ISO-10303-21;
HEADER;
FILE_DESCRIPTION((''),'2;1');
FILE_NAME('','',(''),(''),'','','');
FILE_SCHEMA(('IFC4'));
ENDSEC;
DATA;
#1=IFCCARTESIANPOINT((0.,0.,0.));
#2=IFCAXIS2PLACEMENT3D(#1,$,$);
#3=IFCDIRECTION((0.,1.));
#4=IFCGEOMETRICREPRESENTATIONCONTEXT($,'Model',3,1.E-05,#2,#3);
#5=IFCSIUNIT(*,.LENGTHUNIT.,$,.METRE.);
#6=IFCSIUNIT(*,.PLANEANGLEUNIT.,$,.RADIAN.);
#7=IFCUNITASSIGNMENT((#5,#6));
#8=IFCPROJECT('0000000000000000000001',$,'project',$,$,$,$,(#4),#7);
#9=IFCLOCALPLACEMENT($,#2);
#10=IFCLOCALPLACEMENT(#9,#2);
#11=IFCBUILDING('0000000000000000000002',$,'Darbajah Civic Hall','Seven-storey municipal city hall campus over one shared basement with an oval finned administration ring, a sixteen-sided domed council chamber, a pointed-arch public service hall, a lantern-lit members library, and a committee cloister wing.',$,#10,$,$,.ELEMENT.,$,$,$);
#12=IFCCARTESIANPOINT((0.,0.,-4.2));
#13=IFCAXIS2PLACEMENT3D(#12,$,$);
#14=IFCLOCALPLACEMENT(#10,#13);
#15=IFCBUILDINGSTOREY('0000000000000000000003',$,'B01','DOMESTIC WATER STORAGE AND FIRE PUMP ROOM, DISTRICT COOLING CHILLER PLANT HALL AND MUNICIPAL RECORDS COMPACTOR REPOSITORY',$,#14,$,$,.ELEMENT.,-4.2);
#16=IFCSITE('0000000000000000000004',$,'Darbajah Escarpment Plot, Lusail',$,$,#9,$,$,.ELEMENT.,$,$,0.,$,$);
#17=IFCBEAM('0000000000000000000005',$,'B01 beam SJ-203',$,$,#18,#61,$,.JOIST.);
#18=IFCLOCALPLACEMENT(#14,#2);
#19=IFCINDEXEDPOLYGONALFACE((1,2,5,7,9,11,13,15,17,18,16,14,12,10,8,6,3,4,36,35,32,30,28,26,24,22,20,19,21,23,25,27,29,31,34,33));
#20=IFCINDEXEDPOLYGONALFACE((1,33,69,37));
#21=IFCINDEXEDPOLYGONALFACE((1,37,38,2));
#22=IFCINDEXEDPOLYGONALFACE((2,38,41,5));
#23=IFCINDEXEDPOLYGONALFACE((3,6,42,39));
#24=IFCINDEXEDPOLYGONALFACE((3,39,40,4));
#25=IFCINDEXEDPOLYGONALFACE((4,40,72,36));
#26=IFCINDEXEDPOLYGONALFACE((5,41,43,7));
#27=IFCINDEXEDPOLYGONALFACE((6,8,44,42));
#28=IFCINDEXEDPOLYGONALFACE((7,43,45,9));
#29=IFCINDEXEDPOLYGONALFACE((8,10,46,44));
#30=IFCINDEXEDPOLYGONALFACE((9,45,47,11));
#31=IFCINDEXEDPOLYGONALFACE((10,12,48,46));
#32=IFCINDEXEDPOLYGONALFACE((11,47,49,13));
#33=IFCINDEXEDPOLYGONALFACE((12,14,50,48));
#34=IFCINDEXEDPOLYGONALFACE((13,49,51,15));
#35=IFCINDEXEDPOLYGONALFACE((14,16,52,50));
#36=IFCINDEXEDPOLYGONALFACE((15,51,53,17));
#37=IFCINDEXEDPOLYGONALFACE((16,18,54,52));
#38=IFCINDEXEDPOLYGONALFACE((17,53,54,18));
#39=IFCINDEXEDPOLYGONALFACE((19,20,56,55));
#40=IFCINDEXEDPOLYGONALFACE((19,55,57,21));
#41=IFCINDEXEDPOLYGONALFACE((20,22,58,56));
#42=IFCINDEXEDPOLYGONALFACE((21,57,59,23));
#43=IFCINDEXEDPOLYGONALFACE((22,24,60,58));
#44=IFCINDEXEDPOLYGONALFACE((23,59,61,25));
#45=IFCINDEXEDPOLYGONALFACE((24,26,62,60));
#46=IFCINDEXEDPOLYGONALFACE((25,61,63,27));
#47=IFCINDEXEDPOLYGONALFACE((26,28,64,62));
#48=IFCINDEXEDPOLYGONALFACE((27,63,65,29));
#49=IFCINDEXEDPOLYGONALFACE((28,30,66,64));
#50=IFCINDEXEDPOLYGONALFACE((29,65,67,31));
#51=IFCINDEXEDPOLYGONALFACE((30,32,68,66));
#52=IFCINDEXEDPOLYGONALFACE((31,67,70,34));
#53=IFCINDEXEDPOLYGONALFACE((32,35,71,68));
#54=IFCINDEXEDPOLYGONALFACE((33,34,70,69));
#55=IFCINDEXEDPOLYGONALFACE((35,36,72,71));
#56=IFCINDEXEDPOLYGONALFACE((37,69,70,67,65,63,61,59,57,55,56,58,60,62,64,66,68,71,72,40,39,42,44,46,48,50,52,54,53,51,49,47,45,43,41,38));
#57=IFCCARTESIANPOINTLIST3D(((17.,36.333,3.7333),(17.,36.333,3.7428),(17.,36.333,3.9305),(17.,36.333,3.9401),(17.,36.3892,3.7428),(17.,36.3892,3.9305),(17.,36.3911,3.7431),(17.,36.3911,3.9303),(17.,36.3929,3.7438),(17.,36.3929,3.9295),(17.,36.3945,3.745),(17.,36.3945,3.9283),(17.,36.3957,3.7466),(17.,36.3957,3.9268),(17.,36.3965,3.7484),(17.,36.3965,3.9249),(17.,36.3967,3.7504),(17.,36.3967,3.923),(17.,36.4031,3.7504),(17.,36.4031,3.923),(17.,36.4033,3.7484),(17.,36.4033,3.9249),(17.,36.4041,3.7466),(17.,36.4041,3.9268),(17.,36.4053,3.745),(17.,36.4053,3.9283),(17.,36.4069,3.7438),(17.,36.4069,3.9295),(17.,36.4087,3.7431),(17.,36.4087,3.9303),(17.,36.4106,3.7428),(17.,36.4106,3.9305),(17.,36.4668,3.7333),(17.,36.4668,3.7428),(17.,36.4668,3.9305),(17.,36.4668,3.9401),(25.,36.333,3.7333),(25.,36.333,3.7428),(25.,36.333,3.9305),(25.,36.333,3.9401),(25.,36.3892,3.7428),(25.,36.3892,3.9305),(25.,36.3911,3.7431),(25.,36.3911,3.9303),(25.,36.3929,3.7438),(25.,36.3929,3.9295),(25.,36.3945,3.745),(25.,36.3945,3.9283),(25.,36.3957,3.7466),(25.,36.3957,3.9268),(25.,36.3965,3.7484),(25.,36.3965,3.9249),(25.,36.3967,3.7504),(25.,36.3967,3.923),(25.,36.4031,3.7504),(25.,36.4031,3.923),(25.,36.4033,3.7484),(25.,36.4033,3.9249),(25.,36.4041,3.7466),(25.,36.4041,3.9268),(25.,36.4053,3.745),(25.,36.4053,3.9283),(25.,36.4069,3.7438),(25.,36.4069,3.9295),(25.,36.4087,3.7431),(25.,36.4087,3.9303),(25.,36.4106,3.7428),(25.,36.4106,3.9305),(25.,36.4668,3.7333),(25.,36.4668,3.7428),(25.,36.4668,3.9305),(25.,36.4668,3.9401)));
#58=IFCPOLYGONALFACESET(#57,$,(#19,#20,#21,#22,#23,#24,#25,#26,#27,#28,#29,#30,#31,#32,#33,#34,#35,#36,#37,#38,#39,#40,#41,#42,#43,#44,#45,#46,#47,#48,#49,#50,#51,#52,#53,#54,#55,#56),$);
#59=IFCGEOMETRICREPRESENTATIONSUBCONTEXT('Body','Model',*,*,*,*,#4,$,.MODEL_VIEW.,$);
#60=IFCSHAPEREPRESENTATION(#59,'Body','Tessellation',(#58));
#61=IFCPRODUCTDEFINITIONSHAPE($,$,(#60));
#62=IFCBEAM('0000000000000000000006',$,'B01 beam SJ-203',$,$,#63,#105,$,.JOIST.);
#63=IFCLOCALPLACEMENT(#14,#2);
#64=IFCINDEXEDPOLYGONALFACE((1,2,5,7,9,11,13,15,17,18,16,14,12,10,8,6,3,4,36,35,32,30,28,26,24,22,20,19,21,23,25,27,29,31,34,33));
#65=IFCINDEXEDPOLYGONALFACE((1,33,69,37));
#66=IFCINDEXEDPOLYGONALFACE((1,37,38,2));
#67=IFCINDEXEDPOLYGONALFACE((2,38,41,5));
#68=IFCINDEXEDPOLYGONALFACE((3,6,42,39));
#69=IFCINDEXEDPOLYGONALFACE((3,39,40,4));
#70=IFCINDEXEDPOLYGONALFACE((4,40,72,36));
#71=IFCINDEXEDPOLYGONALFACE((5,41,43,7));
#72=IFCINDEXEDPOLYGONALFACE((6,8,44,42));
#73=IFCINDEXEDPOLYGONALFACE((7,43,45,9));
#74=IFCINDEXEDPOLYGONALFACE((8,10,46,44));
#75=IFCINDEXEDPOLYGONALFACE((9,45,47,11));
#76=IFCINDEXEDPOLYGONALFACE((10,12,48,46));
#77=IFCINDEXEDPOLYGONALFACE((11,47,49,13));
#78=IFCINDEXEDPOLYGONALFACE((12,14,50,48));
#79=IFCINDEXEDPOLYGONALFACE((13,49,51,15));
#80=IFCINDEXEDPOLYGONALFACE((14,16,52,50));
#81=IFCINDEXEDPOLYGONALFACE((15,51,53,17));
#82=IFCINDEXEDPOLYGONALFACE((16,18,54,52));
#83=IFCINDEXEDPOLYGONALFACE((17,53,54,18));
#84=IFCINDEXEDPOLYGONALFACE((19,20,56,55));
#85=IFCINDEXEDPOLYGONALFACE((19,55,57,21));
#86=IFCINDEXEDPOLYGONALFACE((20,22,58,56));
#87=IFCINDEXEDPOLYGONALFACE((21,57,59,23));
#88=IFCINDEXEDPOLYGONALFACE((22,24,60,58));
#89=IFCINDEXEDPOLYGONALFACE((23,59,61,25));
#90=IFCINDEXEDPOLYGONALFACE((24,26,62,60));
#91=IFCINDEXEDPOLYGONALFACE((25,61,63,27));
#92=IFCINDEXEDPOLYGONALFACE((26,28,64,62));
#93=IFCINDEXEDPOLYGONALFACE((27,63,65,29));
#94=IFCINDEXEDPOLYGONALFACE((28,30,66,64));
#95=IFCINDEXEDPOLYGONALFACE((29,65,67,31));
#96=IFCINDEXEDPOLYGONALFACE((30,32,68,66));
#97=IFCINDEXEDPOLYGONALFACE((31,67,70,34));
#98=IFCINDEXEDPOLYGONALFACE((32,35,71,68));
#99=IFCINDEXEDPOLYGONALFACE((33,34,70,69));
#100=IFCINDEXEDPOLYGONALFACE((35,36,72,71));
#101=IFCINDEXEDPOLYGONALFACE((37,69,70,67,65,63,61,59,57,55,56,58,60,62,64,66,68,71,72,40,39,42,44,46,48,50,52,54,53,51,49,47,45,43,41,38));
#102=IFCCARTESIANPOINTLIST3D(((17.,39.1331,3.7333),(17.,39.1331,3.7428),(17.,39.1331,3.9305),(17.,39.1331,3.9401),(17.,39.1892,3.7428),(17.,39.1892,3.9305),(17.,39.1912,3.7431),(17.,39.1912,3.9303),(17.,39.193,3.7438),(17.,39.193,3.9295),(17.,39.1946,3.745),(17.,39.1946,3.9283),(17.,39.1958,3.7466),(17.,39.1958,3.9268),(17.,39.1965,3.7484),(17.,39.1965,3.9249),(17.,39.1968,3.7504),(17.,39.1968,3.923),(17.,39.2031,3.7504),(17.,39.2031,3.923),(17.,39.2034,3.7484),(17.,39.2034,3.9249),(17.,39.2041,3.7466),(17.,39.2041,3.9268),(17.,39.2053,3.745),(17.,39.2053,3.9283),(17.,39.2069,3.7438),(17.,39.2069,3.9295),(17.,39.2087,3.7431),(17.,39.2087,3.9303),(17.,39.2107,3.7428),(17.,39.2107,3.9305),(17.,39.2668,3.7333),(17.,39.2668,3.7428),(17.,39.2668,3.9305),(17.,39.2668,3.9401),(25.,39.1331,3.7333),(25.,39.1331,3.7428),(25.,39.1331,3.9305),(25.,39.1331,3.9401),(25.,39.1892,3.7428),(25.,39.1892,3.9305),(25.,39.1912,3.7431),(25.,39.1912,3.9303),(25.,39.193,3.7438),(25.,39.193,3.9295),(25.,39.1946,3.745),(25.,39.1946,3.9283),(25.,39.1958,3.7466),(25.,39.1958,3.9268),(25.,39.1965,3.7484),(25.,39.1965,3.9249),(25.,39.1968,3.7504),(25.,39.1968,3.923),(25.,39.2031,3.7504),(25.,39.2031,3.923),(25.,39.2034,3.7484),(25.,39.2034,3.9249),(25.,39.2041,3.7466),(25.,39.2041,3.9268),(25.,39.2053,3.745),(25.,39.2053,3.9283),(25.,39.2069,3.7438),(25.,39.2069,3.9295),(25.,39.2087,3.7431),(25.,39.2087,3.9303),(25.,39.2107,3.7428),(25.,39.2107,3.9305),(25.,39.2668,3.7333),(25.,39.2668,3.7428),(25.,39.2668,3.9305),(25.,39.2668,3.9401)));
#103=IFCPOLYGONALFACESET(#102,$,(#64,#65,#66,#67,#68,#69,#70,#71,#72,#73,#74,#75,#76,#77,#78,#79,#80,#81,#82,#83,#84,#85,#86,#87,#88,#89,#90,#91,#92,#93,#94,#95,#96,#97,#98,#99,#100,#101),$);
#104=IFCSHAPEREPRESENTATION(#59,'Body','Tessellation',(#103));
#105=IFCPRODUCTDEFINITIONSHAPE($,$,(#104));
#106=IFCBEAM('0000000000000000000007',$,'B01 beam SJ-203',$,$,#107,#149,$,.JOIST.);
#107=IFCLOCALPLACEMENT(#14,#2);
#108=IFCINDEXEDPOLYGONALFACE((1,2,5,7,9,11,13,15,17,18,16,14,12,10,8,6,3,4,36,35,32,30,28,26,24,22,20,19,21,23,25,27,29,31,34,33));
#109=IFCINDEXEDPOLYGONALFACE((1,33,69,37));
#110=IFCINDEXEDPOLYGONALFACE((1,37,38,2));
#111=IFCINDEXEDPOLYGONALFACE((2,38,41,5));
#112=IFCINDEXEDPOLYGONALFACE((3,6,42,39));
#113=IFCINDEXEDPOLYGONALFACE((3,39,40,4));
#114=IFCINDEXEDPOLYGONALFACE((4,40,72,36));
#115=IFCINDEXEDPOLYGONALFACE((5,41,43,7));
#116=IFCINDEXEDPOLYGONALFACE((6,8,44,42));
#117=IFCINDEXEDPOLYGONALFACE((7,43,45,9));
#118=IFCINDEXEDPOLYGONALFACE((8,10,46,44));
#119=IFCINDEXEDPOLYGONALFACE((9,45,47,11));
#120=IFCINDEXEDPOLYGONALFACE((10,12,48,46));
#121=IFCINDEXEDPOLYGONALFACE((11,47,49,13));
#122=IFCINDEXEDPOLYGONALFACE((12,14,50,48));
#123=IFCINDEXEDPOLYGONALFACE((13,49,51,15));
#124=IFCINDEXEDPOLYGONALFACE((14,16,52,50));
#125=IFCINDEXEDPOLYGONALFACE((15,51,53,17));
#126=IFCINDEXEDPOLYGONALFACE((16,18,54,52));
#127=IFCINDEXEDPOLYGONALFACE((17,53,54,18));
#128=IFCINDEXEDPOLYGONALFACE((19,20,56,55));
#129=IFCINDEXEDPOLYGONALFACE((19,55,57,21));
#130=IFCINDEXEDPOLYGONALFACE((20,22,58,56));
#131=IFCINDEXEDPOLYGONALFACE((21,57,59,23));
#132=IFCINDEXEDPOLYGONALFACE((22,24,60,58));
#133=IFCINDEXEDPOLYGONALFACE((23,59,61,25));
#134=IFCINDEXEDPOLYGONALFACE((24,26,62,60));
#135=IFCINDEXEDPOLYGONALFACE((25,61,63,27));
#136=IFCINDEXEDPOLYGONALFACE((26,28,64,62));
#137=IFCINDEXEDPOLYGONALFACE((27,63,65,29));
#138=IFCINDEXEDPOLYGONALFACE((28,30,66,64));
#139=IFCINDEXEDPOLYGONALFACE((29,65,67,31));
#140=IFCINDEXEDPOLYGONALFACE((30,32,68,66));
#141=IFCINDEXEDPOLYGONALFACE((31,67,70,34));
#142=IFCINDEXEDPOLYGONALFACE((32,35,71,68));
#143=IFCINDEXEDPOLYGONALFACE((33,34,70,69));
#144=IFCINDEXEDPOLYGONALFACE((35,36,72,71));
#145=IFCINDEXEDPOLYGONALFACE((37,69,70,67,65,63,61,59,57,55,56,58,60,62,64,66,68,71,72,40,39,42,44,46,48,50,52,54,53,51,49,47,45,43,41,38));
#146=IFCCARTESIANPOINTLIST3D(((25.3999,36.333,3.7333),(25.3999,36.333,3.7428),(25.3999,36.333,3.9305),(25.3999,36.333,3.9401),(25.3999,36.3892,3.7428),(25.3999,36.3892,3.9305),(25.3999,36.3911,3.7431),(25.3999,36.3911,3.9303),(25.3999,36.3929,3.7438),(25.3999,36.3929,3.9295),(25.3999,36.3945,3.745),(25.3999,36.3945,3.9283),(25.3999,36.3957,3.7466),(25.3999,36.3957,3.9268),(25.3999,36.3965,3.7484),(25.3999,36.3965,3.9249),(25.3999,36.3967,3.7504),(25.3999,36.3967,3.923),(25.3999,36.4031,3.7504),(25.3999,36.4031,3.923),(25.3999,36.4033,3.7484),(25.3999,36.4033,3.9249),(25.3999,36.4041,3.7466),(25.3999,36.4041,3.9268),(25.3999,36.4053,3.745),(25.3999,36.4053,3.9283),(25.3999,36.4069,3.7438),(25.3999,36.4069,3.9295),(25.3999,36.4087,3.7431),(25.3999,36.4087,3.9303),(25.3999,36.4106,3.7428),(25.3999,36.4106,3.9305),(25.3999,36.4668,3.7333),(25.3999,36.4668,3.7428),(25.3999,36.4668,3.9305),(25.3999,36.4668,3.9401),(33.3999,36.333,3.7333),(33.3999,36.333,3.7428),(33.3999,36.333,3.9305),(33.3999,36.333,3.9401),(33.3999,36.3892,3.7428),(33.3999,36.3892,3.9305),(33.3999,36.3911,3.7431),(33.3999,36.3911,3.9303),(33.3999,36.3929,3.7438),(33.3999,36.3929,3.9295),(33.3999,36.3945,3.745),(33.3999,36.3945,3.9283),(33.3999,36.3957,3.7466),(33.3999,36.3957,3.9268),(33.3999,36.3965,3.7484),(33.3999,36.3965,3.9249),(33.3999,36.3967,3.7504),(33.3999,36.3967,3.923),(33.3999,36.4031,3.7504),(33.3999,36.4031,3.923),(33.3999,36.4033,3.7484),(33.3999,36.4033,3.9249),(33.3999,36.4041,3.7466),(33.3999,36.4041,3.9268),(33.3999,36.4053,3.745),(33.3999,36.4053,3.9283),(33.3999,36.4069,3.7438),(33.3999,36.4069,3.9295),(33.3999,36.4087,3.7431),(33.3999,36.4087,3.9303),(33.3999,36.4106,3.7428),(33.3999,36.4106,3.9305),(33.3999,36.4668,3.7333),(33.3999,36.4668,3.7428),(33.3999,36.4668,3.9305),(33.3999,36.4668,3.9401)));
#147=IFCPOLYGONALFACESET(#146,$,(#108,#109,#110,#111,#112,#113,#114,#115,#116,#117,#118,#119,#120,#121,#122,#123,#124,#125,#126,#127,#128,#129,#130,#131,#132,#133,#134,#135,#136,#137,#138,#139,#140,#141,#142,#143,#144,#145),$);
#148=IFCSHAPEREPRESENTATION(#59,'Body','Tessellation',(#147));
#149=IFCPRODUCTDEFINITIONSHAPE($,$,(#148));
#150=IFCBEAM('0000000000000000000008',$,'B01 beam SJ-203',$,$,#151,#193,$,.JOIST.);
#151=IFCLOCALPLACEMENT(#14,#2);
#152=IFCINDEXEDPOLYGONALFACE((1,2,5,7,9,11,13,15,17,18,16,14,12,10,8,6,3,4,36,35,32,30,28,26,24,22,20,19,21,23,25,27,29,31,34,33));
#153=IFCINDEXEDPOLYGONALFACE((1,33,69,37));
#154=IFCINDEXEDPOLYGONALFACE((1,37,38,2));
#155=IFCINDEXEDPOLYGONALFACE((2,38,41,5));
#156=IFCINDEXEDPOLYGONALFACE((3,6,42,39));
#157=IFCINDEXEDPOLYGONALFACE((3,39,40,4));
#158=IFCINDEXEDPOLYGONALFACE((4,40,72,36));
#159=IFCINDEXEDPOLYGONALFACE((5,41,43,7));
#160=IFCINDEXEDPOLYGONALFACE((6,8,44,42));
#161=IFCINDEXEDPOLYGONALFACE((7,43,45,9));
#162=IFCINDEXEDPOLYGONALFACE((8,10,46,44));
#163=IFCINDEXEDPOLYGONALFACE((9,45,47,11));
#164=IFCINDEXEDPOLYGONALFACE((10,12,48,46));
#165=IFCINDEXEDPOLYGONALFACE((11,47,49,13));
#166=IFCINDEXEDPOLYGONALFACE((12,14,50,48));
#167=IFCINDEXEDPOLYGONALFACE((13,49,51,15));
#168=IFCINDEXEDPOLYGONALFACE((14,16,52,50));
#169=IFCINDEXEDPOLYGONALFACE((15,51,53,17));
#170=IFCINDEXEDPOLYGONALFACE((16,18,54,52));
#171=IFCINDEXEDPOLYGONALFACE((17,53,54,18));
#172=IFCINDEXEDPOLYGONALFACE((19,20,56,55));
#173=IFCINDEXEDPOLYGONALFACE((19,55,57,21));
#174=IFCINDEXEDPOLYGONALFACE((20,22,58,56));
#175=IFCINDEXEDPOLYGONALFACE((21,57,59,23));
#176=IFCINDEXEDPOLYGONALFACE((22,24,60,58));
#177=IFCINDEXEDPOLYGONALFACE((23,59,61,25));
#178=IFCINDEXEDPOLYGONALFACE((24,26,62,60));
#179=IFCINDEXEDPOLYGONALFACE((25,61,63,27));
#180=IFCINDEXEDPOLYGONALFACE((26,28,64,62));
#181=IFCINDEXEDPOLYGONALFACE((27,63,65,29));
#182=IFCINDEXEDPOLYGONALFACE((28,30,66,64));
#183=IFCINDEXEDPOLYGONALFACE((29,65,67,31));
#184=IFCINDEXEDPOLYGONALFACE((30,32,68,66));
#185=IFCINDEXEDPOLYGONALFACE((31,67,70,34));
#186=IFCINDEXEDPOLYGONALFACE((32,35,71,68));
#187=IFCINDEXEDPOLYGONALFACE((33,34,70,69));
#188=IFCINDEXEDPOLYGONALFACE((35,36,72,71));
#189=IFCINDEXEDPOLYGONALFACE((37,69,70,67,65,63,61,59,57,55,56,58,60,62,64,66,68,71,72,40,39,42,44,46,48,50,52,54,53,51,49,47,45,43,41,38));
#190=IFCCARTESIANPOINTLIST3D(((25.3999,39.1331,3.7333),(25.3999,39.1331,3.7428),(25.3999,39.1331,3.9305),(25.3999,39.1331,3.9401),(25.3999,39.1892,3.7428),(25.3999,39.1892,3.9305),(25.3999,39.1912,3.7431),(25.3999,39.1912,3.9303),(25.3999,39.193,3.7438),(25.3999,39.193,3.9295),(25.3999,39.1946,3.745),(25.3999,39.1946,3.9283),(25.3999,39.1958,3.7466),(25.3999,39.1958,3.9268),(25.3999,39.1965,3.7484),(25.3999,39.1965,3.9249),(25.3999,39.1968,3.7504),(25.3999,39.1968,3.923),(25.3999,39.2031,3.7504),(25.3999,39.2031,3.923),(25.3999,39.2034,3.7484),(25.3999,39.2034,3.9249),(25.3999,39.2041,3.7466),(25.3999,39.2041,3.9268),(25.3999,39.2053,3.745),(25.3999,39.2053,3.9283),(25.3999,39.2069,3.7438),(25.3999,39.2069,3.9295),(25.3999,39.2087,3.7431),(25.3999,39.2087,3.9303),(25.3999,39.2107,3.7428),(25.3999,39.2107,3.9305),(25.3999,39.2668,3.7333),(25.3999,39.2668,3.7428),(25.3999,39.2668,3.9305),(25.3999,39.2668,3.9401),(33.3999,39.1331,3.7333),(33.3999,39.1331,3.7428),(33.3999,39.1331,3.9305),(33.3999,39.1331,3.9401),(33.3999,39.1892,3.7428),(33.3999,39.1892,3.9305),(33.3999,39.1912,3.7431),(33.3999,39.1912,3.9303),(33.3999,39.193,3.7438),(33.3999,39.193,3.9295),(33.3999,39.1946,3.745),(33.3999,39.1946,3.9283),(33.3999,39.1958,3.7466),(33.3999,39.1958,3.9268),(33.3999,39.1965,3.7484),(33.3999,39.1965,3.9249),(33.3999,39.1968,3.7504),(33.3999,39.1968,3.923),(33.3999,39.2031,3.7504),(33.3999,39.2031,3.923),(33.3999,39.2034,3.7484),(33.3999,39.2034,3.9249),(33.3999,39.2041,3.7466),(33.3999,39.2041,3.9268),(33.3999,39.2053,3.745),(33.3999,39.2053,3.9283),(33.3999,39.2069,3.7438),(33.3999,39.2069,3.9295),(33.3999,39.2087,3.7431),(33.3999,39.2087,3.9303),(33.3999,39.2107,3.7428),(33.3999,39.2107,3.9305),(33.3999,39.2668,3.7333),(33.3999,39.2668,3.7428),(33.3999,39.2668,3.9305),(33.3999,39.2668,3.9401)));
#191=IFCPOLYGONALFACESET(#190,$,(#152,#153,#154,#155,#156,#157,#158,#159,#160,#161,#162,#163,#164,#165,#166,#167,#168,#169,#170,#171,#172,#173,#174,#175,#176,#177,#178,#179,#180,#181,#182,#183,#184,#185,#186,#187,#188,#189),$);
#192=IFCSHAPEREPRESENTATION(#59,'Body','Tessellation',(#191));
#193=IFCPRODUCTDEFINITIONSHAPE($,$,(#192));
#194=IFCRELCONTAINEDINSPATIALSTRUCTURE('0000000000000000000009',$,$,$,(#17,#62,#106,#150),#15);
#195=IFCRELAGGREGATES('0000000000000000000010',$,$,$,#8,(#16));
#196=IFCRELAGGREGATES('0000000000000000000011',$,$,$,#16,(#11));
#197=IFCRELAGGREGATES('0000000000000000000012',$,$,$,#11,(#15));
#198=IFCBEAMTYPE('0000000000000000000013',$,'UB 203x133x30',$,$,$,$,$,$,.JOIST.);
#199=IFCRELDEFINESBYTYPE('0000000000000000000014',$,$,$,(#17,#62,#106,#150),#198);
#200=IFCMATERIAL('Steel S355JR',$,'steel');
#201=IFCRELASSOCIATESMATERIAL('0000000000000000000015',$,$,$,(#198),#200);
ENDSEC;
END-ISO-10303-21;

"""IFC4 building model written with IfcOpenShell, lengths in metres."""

from ifc_helpers import new_model, si_unit, direction, frame, origin, origin_2d, place, context, subcontext, project, spatial, i_section, extrude, material, material_profile, profile_set, type_object, element, save


model = new_model("IFC4")

# Units and contexts
model_context = context("Model", 3, precision=1e-05, world=origin(), true_north=direction((0.0, 1.0)))
body_context = subcontext(model_context, "Body", "Model", "MODEL_VIEW")
ifc_project = project(units=[si_unit("LENGTHUNIT", "METRE"), si_unit("PLANEANGLEUNIT", "RADIAN")], contexts=[model_context])

# Site, building, storey
site_placement = place(None, origin())
site = spatial("IfcSite", under=ifc_project, at=site_placement, Name="Darbajah Escarpment Plot, Lusail", CompositionType="ELEMENT", RefElevation=0.0)
building_placement = place(site_placement, origin())
building = spatial("IfcBuilding", under=site, at=building_placement, Name="Darbajah Civic Hall", Description="Seven-storey municipal city hall campus over one shared basement with an oval finned administration ring, a sixteen-sided domed council chamber, a pointed-arch public service hall, a lantern-lit members library, and a committee cloister wing.", CompositionType="ELEMENT")
storey_placement = place(building_placement, frame((0.0, 0.0, -4.2)))
storey = spatial("IfcBuildingStorey", under=building, at=storey_placement, Name="B01", Description="DOMESTIC WATER STORAGE AND FIRE PUMP ROOM, DISTRICT COOLING CHILLER PLANT HALL AND MUNICIPAL RECORDS COMPACTOR REPOSITORY", CompositionType="ELEMENT", Elevation=-4.2)

# Shared definitions
ifc_material_1 = material(Name="Steel S355JR", Category="steel")

# Beams
ifc_material_profile_1 = material_profile(ifc_material_1, i_section(OverallWidth=0.1338, OverallDepth=0.2068, WebThickness=0.0063, FlangeThickness=0.0095, FilletRadius=0.0076, at=origin_2d()), Name="UB 203x133x30")
ifc_profile_set_1 = profile_set([ifc_material_profile_1], Name="Steel S355JR")
beam_type_1 = type_object("IfcBeamType", Name="UB 203x133x30", PredefinedType="JOIST", material=ifc_profile_set_1)
for number, where, z_axis, x_axis, name in (
    (1, (17.0, 36.3999, 3.8367), (1.0, 0.0, 0.0), (0.0, 1.0, 0.0), "B01 beam SJ-203"),
    (2, (17.0, 39.2, 3.8367), (1.0, 0.0, 0.0), (0.0, 1.0, 0.0), "B01 beam SJ-203"),
    (3, (25.3999, 36.3999, 3.8367), (1.0, 0.0, 0.0), (0.0, 1.0, 0.0), "B01 beam SJ-203"),
    (4, (25.3999, 39.2, 3.8367), (1.0, 0.0, 0.0), (0.0, 1.0, 0.0), "B01 beam SJ-203"),
):
    element("IfcBeam", number, at=place(storey_placement, frame(where, z_axis=z_axis, x_axis=x_axis)), inside=storey, type_object=beam_type_1, Name=name, PredefinedType="JOIST", context=body_context, shape_type="SweptSolid", body=[
        extrude(i_section(OverallWidth=0.1338, OverallDepth=0.2068, WebThickness=0.0063, FlangeThickness=0.0095, FilletRadius=0.0076, at=origin_2d()), origin(), (0.0, 0.0, 1.0), 8.0),
    ])

save(model, "model.ifc")
